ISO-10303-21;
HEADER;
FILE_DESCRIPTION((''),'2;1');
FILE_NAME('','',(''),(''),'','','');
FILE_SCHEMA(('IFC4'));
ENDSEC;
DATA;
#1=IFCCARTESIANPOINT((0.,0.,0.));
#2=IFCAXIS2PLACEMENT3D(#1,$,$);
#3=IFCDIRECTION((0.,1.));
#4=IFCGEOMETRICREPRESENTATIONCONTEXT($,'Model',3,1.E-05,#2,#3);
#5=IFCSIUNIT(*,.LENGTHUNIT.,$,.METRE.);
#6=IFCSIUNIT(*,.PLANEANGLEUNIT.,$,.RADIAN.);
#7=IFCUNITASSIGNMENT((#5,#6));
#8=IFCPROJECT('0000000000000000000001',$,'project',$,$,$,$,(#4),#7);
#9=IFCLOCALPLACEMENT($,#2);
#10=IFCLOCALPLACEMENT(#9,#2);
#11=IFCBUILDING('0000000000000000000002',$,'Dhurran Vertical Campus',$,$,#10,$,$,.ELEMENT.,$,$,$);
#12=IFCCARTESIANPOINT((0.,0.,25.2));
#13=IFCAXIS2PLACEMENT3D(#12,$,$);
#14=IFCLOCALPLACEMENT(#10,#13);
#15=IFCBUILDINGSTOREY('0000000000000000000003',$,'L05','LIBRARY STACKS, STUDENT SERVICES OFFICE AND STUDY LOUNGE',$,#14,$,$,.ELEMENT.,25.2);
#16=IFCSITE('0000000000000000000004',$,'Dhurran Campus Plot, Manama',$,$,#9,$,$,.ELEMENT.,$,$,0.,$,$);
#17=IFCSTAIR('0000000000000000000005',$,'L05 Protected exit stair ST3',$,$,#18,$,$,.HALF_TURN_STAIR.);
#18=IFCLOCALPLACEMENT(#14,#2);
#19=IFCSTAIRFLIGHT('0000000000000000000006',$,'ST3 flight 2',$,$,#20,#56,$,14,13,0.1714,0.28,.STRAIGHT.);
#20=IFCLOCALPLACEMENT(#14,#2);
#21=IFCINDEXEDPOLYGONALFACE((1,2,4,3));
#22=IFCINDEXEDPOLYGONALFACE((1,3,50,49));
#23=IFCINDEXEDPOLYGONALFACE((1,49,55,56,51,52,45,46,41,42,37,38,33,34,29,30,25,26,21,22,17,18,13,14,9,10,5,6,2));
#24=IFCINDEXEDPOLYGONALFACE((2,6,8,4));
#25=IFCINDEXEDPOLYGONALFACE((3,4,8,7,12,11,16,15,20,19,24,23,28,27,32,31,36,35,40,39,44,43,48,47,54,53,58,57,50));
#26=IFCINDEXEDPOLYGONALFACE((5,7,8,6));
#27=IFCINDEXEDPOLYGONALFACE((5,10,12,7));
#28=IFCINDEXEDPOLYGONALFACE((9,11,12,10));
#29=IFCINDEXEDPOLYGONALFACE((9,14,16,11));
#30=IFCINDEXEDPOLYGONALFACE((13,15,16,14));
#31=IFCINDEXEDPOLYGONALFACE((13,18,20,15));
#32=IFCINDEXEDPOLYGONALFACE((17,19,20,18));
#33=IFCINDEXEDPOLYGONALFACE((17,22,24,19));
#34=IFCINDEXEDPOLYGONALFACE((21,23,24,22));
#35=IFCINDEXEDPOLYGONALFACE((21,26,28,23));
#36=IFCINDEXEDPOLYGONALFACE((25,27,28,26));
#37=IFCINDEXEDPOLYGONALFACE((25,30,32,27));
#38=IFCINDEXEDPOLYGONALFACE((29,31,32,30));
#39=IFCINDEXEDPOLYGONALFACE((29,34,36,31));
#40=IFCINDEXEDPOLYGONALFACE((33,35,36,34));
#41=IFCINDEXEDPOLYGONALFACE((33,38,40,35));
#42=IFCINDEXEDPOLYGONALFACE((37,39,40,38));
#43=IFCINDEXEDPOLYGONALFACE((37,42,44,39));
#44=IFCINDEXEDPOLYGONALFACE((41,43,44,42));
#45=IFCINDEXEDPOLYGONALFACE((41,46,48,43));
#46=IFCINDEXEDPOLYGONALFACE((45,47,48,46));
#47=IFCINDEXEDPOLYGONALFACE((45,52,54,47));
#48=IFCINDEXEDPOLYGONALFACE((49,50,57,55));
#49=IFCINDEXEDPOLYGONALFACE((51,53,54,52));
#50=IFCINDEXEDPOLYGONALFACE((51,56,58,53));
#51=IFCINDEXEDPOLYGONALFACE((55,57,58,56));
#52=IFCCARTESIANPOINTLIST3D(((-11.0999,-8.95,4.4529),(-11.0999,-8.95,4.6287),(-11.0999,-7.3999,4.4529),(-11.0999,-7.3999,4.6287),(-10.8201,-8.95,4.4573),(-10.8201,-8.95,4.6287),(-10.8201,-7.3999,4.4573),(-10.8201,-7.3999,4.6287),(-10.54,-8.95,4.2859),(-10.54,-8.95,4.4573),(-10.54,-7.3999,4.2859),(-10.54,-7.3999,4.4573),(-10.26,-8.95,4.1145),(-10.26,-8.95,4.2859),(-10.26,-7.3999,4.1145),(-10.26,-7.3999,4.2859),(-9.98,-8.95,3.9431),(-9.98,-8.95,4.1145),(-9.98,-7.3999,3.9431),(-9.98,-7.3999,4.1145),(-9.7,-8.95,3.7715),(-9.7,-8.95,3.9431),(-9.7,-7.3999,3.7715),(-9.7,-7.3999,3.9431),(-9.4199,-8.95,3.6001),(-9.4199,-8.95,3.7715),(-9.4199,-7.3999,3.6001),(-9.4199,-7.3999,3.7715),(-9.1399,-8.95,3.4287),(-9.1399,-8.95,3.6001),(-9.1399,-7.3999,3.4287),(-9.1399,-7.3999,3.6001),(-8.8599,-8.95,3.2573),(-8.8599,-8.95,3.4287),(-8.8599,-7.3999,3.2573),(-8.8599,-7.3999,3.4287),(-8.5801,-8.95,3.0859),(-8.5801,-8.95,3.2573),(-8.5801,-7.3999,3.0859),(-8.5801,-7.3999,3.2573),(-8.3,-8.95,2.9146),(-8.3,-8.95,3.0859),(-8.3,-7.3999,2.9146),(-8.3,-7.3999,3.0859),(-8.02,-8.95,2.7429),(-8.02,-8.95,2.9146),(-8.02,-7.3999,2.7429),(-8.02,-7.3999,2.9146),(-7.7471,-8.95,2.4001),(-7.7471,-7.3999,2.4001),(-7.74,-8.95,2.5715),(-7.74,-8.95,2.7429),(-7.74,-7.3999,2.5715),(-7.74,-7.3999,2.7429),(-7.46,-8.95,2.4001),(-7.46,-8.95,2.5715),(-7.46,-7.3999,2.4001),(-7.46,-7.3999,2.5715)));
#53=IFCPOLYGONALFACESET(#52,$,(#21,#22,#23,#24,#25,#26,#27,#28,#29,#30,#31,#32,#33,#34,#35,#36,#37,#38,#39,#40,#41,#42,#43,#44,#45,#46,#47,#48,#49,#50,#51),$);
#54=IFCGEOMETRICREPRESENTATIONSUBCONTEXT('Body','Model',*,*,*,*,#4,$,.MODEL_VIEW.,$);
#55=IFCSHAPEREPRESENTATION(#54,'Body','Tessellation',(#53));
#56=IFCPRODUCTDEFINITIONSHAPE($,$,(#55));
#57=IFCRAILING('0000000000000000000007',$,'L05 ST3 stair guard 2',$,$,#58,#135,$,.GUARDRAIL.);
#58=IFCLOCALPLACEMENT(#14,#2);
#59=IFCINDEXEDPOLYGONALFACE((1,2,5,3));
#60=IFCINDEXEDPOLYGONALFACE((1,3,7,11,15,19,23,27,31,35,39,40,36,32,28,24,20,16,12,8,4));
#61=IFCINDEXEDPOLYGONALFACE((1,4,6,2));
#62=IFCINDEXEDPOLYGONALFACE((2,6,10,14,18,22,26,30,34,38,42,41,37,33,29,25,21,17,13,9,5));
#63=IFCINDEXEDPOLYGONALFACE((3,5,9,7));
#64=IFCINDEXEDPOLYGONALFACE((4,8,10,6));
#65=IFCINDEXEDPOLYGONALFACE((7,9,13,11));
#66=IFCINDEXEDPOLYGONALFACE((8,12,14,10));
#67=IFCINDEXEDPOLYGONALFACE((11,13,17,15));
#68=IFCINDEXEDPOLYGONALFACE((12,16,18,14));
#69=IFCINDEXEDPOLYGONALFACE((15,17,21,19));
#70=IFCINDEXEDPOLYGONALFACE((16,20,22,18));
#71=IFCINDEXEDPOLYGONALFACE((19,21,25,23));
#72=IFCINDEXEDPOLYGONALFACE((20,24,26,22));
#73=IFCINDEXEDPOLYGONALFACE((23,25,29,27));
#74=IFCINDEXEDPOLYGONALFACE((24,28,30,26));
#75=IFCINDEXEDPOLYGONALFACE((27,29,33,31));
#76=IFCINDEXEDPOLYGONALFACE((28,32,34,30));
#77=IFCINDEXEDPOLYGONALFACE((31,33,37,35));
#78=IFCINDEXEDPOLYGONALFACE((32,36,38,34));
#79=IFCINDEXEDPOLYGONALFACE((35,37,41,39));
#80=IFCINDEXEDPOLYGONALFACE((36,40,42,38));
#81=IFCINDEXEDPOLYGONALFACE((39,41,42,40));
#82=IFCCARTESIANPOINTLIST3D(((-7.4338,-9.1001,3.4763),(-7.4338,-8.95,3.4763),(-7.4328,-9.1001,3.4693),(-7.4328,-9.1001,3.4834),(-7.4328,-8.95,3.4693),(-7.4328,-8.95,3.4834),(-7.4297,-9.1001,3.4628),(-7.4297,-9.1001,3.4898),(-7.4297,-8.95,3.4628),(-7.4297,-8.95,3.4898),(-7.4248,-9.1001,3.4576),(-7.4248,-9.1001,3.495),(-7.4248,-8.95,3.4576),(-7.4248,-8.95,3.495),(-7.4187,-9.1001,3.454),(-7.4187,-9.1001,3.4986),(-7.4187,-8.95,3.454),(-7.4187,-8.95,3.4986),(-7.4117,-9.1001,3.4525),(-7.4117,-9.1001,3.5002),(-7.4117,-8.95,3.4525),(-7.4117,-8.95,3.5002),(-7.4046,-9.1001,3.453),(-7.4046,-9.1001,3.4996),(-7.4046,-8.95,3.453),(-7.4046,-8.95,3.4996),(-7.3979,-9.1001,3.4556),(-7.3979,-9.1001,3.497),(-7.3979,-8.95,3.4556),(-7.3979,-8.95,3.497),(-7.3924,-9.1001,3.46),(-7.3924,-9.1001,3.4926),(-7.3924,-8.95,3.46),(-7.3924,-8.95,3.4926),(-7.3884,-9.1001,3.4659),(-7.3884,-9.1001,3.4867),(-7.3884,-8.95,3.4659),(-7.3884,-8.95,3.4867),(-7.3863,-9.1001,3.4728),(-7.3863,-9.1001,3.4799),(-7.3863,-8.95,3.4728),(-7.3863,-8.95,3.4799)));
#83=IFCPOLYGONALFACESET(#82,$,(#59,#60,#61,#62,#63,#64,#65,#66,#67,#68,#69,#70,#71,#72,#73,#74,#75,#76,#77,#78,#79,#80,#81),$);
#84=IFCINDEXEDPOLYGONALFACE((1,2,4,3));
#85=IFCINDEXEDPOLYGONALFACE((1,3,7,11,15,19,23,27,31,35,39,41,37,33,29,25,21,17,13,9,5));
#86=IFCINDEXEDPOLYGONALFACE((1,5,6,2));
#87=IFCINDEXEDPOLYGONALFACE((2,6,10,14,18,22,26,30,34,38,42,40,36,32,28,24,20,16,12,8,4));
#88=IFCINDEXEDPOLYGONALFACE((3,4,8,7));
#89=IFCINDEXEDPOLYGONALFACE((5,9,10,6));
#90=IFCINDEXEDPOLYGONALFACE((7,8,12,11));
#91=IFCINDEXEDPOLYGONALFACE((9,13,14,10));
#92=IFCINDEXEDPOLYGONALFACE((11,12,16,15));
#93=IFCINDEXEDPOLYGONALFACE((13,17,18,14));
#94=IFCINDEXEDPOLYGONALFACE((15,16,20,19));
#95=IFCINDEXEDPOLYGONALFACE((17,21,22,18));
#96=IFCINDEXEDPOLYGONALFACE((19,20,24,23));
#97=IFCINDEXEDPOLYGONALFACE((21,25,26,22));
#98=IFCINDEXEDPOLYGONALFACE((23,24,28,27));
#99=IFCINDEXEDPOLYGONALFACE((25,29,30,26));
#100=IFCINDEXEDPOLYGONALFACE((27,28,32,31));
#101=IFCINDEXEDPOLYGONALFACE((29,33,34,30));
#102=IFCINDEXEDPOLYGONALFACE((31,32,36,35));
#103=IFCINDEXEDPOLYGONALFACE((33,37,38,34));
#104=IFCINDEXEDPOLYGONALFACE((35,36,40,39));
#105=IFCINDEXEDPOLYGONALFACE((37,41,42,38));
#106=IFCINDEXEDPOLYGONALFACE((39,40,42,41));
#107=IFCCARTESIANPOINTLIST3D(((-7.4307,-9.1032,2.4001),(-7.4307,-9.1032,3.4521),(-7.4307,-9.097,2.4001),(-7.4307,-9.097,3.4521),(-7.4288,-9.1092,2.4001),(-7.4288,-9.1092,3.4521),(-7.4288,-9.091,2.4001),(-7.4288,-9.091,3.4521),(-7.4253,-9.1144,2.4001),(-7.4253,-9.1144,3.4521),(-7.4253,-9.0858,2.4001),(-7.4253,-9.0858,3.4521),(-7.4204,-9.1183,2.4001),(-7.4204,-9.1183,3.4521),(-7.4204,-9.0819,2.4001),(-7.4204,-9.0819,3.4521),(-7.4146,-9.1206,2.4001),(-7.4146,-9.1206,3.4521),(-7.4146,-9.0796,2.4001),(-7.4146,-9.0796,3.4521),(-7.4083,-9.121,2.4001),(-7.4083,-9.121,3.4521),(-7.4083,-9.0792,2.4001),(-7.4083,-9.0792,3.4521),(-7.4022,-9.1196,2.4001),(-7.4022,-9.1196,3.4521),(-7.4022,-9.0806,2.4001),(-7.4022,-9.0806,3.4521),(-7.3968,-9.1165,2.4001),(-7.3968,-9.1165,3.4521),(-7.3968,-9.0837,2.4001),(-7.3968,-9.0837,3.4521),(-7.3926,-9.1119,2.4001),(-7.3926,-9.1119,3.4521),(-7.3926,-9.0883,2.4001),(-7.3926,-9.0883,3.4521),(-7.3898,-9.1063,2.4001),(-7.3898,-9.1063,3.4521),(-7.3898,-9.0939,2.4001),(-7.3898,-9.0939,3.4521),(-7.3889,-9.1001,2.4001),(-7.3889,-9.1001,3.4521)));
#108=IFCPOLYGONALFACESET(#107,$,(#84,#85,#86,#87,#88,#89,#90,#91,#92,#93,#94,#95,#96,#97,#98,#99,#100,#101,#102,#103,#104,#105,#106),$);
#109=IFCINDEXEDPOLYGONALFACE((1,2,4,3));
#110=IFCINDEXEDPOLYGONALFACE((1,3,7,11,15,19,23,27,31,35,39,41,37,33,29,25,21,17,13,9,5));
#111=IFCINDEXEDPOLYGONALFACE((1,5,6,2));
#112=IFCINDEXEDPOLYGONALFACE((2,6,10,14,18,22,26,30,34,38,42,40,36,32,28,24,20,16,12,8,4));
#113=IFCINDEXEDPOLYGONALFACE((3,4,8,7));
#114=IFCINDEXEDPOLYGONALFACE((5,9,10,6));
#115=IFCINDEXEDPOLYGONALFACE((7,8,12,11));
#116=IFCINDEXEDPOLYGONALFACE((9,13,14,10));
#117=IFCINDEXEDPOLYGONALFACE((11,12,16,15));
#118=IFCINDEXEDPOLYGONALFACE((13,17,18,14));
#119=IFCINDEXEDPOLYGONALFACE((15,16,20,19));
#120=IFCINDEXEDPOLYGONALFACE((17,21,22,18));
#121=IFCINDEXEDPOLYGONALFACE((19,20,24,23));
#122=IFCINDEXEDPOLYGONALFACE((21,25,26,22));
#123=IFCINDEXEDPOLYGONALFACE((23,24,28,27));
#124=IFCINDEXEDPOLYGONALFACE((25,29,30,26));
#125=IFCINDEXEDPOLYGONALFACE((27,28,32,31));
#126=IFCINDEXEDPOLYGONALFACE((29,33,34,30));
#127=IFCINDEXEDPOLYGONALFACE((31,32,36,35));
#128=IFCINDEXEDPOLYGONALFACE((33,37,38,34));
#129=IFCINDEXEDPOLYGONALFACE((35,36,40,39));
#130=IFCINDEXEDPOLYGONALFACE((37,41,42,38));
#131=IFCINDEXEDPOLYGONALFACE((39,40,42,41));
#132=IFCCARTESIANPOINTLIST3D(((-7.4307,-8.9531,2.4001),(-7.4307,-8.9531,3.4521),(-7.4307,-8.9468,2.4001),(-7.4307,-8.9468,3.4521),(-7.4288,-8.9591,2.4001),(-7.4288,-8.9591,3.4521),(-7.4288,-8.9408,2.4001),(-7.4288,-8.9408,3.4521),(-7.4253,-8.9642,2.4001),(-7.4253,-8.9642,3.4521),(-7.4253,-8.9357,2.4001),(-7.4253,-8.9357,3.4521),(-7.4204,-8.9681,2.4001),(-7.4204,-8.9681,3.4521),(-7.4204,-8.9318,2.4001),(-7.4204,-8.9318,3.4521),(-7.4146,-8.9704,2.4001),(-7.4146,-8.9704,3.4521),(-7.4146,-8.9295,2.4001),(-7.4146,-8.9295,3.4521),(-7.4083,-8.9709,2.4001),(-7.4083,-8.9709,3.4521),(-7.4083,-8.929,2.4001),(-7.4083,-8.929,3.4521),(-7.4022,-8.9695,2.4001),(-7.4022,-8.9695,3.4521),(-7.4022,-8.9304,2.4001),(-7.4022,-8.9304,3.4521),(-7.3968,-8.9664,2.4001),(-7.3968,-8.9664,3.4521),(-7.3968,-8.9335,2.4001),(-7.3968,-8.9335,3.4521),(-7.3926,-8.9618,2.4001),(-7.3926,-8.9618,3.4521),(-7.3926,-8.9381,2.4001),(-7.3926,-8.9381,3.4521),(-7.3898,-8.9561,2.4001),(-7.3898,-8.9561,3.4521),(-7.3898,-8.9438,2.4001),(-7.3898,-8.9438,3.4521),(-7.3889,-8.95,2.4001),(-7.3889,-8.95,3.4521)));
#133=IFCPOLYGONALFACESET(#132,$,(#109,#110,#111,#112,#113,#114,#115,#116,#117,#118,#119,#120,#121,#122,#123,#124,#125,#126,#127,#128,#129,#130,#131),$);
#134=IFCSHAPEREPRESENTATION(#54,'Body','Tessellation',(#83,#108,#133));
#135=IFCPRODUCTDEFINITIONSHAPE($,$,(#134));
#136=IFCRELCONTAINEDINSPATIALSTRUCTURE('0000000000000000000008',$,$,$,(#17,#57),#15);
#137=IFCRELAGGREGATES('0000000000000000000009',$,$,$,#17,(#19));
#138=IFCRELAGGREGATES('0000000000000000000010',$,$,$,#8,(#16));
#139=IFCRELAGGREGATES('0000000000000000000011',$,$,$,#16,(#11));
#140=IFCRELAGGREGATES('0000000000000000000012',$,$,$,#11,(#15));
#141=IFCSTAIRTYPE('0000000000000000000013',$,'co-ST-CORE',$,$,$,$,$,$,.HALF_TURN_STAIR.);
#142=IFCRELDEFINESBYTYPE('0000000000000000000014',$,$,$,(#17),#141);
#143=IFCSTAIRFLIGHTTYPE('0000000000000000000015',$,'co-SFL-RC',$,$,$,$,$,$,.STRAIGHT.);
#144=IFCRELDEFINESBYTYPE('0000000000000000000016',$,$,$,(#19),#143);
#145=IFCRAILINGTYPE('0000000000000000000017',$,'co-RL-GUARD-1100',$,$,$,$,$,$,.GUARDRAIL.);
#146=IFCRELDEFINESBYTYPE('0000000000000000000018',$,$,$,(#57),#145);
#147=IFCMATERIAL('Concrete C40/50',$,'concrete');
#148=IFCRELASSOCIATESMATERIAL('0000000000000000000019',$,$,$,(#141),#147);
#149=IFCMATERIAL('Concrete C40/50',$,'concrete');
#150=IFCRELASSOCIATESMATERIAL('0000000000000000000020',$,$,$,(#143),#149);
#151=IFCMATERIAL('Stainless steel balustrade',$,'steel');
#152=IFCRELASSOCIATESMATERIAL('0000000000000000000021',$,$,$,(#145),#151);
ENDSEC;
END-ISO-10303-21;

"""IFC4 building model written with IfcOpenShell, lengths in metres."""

from ifc_helpers import new_model, si_unit, direction, frame, origin, origin_2d, place, context, subcontext, project, spatial, polyline, circle, outline, extrude, material, type_object, element, aggregate, save


model = new_model("IFC4")

# Units and contexts
model_context = context("Model", 3, precision=1e-05, world=origin(), true_north=direction((0.0, 1.0)))
body_context = subcontext(model_context, "Body", "Model", "MODEL_VIEW")
ifc_project = project(units=[si_unit("LENGTHUNIT", "METRE"), si_unit("PLANEANGLEUNIT", "RADIAN")], contexts=[model_context])

# Site, building, storey
site_placement = place(None, origin())
site = spatial("IfcSite", under=ifc_project, at=site_placement, Name="Dhurran Campus Plot, Manama", CompositionType="ELEMENT", RefElevation=0.0)
building_placement = place(site_placement, origin())
building = spatial("IfcBuilding", under=site, at=building_placement, Name="Dhurran Vertical Campus", CompositionType="ELEMENT")
storey_placement = place(building_placement, frame((0.0, 0.0, 25.2)))
storey = spatial("IfcBuildingStorey", under=building, at=storey_placement, Name="L05", Description="LIBRARY STACKS, STUDENT SERVICES OFFICE AND STUDY LOUNGE", CompositionType="ELEMENT", Elevation=25.2)

# Stair, stair flight
ifc_material_1 = material(Name="Concrete C40/50", Category="concrete")
stair_type = type_object("IfcStairType", Name="co-ST-CORE", PredefinedType="HALF_TURN_STAIR", material=ifc_material_1)
stair_placement = place(storey_placement, origin())
stair = element("IfcStair", 1, at=stair_placement, inside=storey, type_object=stair_type, Name="L05 Protected exit stair ST3", PredefinedType="HALF_TURN_STAIR")
ifc_material_2 = material(Name="Concrete C40/50", Category="concrete")
stair_flight_type = type_object("IfcStairFlightType", Name="co-SFL-RC", PredefinedType="STRAIGHT", material=ifc_material_2)
stair_flight_placement = place(storey_placement, frame((-7.46, -8.175, 2.4001), z_axis=(0.0, 0.0, 1.0), x_axis=(-1.0, 0.0, 0.0)))
stair_flight = element("IfcStairFlight", 2, at=stair_flight_placement, type_object=stair_flight_type, Name="ST3 flight 2", NumberOfRisers=14, NumberOfTreads=13, PredefinedType="STRAIGHT", RiserHeight=0.1714, TreadLength=0.28, context=body_context, shape_type="SweptSolid", body=[
    extrude(outline(polyline([(0.0, 0.0), (0.0, 0.1714), (0.28, 0.1714), (0.28, 0.3428), (0.5601, 0.3428), (0.5601, 0.5144), (0.8401, 0.5144), (0.8401, 0.6858), (1.1201, 0.6858), (1.1201, 0.8572), (1.3999, 0.8572), (1.3999, 1.0286), (1.6799, 1.0286), (1.6799, 1.2), (1.96, 1.2), (1.96, 1.3713), (2.24, 1.3713), (2.24, 1.543), (2.52, 1.543), (2.52, 1.7144), (2.8, 1.7144), (2.8, 1.8857), (3.0801, 1.8857), (3.0801, 2.0571), (3.3601, 2.0571), (3.3601, 2.2285), (3.6399, 2.2285), (3.6399, 2.3999), (3.6399, 2.0527), (0.2871, 0.0), (0.0, 0.0)])), frame((0.0, 0.7749, 0.0), z_axis=(0.0, -1.0, 0.0), x_axis=(1.0, 0.0, 0.0)), (0.0, 0.0, 1.0), 1.55),
])
aggregate(stair, [stair_flight])

# Railing
ifc_material_3 = material(Name="Stainless steel balustrade", Category="steel")
railing_type_1 = type_object("IfcRailingType", Name="co-RL-GUARD-1100", PredefinedType="GUARDRAIL", material=ifc_material_3)
railing_1_placement = place(storey_placement, frame((-7.4099, -9.1001, 2.4001)))
element("IfcRailing", 3, at=railing_1_placement, inside=storey, type_object=railing_type_1, Name="L05 ST3 stair guard 2", PredefinedType="GUARDRAIL", context=body_context, shape_type="SweptSolid", body=[
    extrude(circle(Radius=0.0239, at=origin_2d()), frame((0.0, 0.0, 1.0762), z_axis=(0.0, 1.0, 0.0), x_axis=(-1.0, 0.0, 0.0)), (0.0, 0.0, 1.0), 0.1501),
    extrude(circle(Radius=0.021, at=origin_2d()), origin(), (0.0, 0.0, 1.0), 1.052),
    extrude(circle(Radius=0.021, at=origin_2d()), frame((0.0, 0.1501, 0.0)), (0.0, 0.0, 1.0), 1.052),
])

save(model, "model.ifc")
